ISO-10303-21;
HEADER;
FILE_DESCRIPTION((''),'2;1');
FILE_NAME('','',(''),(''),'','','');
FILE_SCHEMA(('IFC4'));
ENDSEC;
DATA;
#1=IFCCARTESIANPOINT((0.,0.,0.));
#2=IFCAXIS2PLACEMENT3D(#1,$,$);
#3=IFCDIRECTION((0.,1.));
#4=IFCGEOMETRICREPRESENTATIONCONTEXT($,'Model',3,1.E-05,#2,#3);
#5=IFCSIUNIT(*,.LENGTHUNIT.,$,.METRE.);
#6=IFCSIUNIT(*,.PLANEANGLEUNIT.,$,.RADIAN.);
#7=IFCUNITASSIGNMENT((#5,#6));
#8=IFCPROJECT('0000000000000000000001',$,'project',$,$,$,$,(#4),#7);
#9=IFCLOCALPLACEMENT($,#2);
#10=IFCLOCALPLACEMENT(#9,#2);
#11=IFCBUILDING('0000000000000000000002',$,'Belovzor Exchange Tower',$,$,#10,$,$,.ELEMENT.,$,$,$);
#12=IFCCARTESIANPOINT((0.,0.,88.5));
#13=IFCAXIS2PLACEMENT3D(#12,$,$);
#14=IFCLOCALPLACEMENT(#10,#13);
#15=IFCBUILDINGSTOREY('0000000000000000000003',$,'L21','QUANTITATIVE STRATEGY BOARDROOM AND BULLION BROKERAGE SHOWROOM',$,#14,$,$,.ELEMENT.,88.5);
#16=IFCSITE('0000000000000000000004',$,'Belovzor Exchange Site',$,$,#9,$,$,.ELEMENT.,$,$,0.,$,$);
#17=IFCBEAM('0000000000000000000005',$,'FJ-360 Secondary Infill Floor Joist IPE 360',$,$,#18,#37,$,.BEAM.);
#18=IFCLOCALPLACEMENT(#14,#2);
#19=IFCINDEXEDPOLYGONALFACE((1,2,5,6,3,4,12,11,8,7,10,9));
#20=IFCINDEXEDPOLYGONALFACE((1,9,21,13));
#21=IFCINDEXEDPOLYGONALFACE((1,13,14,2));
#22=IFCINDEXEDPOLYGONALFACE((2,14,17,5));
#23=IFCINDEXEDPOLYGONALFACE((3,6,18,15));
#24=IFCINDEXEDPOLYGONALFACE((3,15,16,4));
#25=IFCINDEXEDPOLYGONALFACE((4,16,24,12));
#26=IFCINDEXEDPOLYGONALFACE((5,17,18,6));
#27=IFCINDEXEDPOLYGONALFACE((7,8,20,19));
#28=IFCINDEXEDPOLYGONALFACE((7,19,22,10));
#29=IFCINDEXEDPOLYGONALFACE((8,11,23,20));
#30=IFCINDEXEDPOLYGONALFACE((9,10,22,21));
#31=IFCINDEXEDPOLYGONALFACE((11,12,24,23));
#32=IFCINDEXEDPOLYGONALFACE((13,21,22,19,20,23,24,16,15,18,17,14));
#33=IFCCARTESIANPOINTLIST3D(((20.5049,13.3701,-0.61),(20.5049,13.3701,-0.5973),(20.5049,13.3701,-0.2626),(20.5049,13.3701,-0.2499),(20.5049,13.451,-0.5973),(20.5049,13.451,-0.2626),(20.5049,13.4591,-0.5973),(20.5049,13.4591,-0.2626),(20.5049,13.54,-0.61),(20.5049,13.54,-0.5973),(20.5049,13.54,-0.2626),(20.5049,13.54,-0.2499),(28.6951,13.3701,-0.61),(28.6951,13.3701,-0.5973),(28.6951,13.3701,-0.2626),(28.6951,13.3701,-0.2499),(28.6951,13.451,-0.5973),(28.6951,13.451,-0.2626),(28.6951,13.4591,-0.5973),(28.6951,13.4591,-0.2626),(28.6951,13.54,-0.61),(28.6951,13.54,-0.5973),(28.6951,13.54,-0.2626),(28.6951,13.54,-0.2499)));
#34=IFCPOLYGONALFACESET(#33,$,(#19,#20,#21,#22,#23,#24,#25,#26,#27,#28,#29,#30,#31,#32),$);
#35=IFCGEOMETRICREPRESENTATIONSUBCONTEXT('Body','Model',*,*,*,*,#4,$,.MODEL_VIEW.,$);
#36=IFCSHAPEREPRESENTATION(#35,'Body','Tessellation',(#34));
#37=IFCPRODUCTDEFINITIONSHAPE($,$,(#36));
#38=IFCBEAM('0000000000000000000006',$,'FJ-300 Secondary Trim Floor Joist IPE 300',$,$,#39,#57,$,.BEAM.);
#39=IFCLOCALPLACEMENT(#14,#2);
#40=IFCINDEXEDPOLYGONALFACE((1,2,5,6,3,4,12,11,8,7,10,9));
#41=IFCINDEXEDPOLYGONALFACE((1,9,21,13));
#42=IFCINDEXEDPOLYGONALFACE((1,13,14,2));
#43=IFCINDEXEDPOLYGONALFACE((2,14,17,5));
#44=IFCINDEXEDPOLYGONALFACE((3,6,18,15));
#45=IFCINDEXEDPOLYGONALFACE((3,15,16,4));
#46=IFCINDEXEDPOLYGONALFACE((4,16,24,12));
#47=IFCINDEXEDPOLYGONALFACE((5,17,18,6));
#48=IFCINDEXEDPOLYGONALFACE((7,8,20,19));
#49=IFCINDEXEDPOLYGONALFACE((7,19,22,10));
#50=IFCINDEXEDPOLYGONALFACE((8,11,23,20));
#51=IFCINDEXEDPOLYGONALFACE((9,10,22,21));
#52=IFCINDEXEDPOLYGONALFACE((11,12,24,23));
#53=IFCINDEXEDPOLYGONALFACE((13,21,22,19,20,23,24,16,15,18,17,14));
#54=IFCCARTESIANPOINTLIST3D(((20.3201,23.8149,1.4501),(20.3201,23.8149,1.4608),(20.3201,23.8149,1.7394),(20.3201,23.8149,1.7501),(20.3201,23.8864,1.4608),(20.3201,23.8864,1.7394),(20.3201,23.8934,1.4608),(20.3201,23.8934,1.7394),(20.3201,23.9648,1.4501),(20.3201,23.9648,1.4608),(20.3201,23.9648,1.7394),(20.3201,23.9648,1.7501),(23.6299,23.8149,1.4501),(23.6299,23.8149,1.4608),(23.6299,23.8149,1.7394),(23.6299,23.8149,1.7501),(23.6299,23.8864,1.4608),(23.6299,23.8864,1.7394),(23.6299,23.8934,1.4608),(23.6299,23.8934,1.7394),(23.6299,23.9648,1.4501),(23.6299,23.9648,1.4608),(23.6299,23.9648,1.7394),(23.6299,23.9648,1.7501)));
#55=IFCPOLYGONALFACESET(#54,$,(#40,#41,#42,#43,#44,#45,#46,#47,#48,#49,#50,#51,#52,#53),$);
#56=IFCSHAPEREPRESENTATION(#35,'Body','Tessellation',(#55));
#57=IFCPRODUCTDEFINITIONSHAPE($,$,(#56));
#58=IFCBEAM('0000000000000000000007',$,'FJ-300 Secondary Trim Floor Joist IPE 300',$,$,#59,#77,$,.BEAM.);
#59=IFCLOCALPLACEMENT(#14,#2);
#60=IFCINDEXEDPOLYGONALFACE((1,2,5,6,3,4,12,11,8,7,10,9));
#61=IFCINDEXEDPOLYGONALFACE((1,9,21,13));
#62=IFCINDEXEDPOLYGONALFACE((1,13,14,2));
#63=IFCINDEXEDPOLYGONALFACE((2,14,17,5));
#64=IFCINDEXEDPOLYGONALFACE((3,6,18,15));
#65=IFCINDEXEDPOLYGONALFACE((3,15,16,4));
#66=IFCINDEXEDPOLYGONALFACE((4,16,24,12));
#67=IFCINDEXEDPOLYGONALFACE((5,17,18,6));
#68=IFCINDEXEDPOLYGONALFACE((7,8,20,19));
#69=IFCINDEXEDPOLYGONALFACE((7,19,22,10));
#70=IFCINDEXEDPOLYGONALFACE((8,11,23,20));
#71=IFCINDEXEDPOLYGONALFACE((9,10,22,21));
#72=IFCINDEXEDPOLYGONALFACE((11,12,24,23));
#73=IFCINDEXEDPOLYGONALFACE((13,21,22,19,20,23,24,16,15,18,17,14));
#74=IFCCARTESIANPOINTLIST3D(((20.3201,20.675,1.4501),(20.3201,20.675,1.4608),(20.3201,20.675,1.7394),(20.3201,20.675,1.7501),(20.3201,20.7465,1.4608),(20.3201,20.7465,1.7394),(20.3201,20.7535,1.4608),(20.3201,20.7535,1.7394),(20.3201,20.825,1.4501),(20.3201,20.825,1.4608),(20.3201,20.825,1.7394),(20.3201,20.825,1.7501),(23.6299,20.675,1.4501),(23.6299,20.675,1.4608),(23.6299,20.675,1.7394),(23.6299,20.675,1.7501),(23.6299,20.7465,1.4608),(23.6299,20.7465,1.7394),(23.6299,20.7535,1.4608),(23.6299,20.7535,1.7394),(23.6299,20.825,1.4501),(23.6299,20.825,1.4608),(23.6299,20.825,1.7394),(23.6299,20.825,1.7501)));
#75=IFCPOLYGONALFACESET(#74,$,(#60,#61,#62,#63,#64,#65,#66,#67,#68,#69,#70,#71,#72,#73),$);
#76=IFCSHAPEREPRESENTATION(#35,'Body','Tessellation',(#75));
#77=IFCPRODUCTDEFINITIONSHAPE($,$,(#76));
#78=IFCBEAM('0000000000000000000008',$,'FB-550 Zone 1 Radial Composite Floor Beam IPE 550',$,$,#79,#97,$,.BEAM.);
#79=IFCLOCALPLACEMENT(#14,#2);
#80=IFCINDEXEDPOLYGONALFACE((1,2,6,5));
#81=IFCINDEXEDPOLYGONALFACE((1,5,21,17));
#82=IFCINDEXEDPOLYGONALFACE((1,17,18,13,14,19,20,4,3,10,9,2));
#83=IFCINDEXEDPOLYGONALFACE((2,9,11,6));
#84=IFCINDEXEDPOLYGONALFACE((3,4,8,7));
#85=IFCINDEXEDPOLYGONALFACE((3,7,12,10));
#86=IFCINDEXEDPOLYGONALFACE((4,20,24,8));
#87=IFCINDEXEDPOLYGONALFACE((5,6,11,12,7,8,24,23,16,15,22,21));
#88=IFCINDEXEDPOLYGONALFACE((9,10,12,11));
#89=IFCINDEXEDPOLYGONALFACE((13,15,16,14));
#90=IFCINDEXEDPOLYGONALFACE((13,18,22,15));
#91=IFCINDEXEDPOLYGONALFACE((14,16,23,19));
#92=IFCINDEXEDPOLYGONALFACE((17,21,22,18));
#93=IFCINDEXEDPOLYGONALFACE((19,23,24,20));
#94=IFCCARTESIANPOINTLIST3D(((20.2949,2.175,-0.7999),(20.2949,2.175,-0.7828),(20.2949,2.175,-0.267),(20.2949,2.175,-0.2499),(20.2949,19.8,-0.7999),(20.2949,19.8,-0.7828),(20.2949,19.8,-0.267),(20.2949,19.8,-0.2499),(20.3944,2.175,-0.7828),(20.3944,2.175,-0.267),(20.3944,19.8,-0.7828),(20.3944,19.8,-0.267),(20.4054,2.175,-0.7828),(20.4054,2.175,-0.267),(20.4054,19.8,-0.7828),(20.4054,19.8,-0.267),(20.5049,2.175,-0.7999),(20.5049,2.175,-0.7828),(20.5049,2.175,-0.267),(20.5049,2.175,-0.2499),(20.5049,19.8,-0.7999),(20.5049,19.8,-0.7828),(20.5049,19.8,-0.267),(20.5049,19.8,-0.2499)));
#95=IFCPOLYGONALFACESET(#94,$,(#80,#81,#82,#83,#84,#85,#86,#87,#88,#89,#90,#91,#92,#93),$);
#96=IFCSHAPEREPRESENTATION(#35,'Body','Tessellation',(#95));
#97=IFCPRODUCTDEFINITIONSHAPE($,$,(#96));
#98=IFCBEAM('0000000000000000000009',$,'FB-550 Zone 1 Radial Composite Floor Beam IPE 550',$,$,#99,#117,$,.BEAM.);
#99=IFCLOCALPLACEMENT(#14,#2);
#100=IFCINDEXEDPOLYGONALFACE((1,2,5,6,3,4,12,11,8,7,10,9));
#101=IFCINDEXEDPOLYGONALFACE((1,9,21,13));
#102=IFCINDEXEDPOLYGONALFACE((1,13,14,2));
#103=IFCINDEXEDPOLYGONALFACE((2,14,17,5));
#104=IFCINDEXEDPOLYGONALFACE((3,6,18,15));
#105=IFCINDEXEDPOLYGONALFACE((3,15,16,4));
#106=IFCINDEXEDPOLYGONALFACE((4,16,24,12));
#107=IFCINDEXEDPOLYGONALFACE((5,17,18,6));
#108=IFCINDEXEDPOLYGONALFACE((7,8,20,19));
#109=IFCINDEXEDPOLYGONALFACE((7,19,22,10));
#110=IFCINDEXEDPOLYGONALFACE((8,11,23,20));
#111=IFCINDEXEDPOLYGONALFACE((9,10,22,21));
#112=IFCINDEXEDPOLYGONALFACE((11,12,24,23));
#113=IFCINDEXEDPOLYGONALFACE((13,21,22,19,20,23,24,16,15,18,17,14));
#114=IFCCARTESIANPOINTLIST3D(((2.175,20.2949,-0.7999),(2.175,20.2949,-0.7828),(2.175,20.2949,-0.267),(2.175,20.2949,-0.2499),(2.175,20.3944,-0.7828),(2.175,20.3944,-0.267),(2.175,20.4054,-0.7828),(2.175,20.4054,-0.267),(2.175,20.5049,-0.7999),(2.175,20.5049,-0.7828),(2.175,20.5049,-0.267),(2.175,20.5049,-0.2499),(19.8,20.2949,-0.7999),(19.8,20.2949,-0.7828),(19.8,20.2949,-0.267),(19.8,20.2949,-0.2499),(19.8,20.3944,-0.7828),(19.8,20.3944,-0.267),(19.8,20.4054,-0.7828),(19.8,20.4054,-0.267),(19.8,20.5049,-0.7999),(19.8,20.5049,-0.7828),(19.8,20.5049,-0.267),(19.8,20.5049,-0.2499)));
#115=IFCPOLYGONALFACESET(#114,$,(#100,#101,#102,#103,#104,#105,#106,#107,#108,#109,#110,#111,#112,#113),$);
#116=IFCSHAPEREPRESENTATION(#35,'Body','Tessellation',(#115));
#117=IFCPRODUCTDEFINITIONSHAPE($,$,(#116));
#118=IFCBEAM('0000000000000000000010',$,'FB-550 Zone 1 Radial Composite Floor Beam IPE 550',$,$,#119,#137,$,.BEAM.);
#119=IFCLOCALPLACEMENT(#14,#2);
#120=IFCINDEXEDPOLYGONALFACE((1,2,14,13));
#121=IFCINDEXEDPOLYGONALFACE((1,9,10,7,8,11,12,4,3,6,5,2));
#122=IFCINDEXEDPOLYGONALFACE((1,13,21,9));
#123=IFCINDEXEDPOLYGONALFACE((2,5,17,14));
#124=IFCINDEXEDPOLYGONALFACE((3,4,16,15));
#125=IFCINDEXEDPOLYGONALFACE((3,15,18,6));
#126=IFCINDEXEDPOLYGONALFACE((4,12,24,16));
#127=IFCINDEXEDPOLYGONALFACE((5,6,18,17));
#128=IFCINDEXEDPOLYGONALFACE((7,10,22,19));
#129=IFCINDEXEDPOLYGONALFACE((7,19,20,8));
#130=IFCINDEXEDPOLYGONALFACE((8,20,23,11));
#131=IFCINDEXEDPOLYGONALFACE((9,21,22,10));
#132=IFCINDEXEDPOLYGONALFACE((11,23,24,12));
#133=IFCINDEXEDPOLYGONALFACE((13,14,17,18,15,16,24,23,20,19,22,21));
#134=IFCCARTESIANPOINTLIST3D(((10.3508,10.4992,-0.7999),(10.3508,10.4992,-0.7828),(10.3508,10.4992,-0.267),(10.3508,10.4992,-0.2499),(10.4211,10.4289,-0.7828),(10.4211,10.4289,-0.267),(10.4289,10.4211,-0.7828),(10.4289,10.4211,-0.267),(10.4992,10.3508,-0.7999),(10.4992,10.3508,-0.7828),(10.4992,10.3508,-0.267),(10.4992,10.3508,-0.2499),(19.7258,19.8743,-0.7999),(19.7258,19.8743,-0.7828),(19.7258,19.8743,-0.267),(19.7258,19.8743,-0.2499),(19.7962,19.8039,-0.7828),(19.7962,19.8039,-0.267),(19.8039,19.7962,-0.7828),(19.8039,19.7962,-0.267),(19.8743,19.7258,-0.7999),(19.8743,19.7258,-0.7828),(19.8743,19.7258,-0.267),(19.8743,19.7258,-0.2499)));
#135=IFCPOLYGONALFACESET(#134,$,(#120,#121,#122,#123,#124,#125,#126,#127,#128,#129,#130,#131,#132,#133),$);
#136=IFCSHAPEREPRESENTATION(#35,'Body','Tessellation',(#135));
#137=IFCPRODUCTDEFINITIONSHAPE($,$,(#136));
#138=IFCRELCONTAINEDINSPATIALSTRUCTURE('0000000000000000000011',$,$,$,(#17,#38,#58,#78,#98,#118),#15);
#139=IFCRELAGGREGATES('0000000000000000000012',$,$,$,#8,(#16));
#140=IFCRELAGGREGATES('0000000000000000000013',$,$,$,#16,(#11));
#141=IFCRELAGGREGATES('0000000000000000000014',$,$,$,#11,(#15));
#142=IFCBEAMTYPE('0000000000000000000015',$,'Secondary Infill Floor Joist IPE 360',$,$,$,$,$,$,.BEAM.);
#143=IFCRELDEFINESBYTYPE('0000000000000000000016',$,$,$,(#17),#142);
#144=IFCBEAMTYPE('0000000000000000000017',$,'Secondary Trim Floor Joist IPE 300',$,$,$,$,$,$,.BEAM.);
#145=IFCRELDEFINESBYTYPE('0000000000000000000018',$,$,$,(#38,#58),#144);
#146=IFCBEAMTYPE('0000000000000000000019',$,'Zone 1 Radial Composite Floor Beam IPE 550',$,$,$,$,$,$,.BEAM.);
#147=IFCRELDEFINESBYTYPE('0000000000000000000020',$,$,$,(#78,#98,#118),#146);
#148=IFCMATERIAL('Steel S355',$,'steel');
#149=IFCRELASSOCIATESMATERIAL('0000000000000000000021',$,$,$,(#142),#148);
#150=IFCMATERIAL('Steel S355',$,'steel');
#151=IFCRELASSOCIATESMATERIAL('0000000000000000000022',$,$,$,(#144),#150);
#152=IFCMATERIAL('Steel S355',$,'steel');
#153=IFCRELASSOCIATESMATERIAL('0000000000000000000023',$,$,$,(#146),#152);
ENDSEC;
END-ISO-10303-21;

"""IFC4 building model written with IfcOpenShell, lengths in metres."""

from ifc_helpers import new_model, si_unit, direction, frame, origin, origin_2d, place, context, subcontext, project, spatial, i_section, extrude, material, material_profile, profile_set, type_object, element, save


model = new_model("IFC4")

# Units and contexts
model_context = context("Model", 3, precision=1e-05, world=origin(), true_north=direction((0.0, 1.0)))
body_context = subcontext(model_context, "Body", "Model", "MODEL_VIEW")
ifc_project = project(units=[si_unit("LENGTHUNIT", "METRE"), si_unit("PLANEANGLEUNIT", "RADIAN")], contexts=[model_context])

# Site, building, storey
site_placement = place(None, origin())
site = spatial("IfcSite", under=ifc_project, at=site_placement, Name="Belovzor Exchange Site", CompositionType="ELEMENT", RefElevation=0.0)
building_placement = place(site_placement, origin())
building = spatial("IfcBuilding", under=site, at=building_placement, Name="Belovzor Exchange Tower", CompositionType="ELEMENT")
storey_placement = place(building_placement, frame((0.0, 0.0, 88.5)))
storey = spatial("IfcBuildingStorey", under=building, at=storey_placement, Name="L21", Description="QUANTITATIVE STRATEGY BOARDROOM AND BULLION BROKERAGE SHOWROOM", CompositionType="ELEMENT", Elevation=88.5)

# Beams
ifc_material_1 = material(Name="Steel S355", Category="steel")
ifc_material_profile_1 = material_profile(ifc_material_1, i_section(OverallWidth=0.1699, OverallDepth=0.3601, WebThickness=0.0081, FlangeThickness=0.0127, at=origin_2d()))
ifc_profile_set_1 = profile_set([ifc_material_profile_1], Name="Steel S355")
beam_type_1 = type_object("IfcBeamType", Name="Secondary Infill Floor Joist IPE 360", PredefinedType="BEAM", material=ifc_profile_set_1)
beam_1_placement = place(storey_placement, frame((20.5049, 13.4551, -0.4299), z_axis=(1.0, 0.0, 0.0), x_axis=(0.0, 1.0, 0.0)))
element("IfcBeam", 1, at=beam_1_placement, inside=storey, type_object=beam_type_1, Name="FJ-360 Secondary Infill Floor Joist IPE 360", PredefinedType="BEAM", context=body_context, shape_type="SweptSolid", body=[
    extrude(i_section(OverallWidth=0.1699, OverallDepth=0.3601, WebThickness=0.0081, FlangeThickness=0.0127, at=origin_2d()), origin(), (0.0, 0.0, 1.0), 8.1902),
])
ifc_material_2 = material(Name="Steel S355", Category="steel")
ifc_material_profile_2 = material_profile(ifc_material_2, i_section(OverallWidth=0.1499, OverallDepth=0.3, WebThickness=0.0071, FlangeThickness=0.0107, at=origin_2d()))
ifc_profile_set_2 = profile_set([ifc_material_profile_2], Name="Steel S355")
beam_type_2 = type_object("IfcBeamType", Name="Secondary Trim Floor Joist IPE 300", PredefinedType="BEAM", material=ifc_profile_set_2)
for number, where, z_axis, x_axis, name in (
    (2, (20.3201, 23.8899, 1.6001), (1.0, 0.0, 0.0), (0.0, 1.0, 0.0), "FJ-300 Secondary Trim Floor Joist IPE 300"),
    (3, (20.3201, 20.75, 1.6001), (1.0, 0.0, 0.0), (0.0, 1.0, 0.0), "FJ-300 Secondary Trim Floor Joist IPE 300"),
):
    element("IfcBeam", number, at=place(storey_placement, frame(where, z_axis=z_axis, x_axis=x_axis)), inside=storey, type_object=beam_type_2, Name=name, PredefinedType="BEAM", context=body_context, shape_type="SweptSolid", body=[
        extrude(i_section(OverallWidth=0.1499, OverallDepth=0.3, WebThickness=0.0071, FlangeThickness=0.0107, at=origin_2d()), origin(), (0.0, 0.0, 1.0), 3.3098),
    ])
ifc_material_3 = material(Name="Steel S355", Category="steel")
ifc_material_profile_3 = material_profile(ifc_material_3, i_section(OverallWidth=0.21, OverallDepth=0.55, WebThickness=0.011, FlangeThickness=0.0171, at=origin_2d()))
ifc_profile_set_3 = profile_set([ifc_material_profile_3], Name="Steel S355")
beam_type_3 = type_object("IfcBeamType", Name="Zone 1 Radial Composite Floor Beam IPE 550", PredefinedType="BEAM", material=ifc_profile_set_3)
for number, where, z_axis, x_axis, name in (
    (4, (20.3999, 19.8, -0.5249), (0.0, -1.0, 0.0), (1.0, 0.0, 0.0), "FB-550 Zone 1 Radial Composite Floor Beam IPE 550"),
    (5, (19.8, 20.3999, -0.5249), (-1.0, 0.0, 0.0), (0.0, -1.0, 0.0), "FB-550 Zone 1 Radial Composite Floor Beam IPE 550"),
):
    element("IfcBeam", number, at=place(storey_placement, frame(where, z_axis=z_axis, x_axis=x_axis)), inside=storey, type_object=beam_type_3, Name=name, PredefinedType="BEAM", context=body_context, shape_type="SweptSolid", body=[
        extrude(i_section(OverallWidth=0.21, OverallDepth=0.55, WebThickness=0.011, FlangeThickness=0.0171, at=origin_2d()), origin(), (0.0, 0.0, 1.0), 17.625),
    ])
beam_2_placement = place(storey_placement, frame((19.8, 19.8, -0.5249), z_axis=(-0.707107, -0.707107, 0.0), x_axis=(0.707107, -0.707107, 0.0)))
element("IfcBeam", 6, at=beam_2_placement, inside=storey, type_object=beam_type_3, Name="FB-550 Zone 1 Radial Composite Floor Beam IPE 550", PredefinedType="BEAM", context=body_context, shape_type="SweptSolid", body=[
    extrude(i_section(OverallWidth=0.21, OverallDepth=0.55, WebThickness=0.011, FlangeThickness=0.0171, at=origin_2d()), origin(), (0.0, 0.0, 1.0), 13.2583),
])

save(model, "model.ifc")
